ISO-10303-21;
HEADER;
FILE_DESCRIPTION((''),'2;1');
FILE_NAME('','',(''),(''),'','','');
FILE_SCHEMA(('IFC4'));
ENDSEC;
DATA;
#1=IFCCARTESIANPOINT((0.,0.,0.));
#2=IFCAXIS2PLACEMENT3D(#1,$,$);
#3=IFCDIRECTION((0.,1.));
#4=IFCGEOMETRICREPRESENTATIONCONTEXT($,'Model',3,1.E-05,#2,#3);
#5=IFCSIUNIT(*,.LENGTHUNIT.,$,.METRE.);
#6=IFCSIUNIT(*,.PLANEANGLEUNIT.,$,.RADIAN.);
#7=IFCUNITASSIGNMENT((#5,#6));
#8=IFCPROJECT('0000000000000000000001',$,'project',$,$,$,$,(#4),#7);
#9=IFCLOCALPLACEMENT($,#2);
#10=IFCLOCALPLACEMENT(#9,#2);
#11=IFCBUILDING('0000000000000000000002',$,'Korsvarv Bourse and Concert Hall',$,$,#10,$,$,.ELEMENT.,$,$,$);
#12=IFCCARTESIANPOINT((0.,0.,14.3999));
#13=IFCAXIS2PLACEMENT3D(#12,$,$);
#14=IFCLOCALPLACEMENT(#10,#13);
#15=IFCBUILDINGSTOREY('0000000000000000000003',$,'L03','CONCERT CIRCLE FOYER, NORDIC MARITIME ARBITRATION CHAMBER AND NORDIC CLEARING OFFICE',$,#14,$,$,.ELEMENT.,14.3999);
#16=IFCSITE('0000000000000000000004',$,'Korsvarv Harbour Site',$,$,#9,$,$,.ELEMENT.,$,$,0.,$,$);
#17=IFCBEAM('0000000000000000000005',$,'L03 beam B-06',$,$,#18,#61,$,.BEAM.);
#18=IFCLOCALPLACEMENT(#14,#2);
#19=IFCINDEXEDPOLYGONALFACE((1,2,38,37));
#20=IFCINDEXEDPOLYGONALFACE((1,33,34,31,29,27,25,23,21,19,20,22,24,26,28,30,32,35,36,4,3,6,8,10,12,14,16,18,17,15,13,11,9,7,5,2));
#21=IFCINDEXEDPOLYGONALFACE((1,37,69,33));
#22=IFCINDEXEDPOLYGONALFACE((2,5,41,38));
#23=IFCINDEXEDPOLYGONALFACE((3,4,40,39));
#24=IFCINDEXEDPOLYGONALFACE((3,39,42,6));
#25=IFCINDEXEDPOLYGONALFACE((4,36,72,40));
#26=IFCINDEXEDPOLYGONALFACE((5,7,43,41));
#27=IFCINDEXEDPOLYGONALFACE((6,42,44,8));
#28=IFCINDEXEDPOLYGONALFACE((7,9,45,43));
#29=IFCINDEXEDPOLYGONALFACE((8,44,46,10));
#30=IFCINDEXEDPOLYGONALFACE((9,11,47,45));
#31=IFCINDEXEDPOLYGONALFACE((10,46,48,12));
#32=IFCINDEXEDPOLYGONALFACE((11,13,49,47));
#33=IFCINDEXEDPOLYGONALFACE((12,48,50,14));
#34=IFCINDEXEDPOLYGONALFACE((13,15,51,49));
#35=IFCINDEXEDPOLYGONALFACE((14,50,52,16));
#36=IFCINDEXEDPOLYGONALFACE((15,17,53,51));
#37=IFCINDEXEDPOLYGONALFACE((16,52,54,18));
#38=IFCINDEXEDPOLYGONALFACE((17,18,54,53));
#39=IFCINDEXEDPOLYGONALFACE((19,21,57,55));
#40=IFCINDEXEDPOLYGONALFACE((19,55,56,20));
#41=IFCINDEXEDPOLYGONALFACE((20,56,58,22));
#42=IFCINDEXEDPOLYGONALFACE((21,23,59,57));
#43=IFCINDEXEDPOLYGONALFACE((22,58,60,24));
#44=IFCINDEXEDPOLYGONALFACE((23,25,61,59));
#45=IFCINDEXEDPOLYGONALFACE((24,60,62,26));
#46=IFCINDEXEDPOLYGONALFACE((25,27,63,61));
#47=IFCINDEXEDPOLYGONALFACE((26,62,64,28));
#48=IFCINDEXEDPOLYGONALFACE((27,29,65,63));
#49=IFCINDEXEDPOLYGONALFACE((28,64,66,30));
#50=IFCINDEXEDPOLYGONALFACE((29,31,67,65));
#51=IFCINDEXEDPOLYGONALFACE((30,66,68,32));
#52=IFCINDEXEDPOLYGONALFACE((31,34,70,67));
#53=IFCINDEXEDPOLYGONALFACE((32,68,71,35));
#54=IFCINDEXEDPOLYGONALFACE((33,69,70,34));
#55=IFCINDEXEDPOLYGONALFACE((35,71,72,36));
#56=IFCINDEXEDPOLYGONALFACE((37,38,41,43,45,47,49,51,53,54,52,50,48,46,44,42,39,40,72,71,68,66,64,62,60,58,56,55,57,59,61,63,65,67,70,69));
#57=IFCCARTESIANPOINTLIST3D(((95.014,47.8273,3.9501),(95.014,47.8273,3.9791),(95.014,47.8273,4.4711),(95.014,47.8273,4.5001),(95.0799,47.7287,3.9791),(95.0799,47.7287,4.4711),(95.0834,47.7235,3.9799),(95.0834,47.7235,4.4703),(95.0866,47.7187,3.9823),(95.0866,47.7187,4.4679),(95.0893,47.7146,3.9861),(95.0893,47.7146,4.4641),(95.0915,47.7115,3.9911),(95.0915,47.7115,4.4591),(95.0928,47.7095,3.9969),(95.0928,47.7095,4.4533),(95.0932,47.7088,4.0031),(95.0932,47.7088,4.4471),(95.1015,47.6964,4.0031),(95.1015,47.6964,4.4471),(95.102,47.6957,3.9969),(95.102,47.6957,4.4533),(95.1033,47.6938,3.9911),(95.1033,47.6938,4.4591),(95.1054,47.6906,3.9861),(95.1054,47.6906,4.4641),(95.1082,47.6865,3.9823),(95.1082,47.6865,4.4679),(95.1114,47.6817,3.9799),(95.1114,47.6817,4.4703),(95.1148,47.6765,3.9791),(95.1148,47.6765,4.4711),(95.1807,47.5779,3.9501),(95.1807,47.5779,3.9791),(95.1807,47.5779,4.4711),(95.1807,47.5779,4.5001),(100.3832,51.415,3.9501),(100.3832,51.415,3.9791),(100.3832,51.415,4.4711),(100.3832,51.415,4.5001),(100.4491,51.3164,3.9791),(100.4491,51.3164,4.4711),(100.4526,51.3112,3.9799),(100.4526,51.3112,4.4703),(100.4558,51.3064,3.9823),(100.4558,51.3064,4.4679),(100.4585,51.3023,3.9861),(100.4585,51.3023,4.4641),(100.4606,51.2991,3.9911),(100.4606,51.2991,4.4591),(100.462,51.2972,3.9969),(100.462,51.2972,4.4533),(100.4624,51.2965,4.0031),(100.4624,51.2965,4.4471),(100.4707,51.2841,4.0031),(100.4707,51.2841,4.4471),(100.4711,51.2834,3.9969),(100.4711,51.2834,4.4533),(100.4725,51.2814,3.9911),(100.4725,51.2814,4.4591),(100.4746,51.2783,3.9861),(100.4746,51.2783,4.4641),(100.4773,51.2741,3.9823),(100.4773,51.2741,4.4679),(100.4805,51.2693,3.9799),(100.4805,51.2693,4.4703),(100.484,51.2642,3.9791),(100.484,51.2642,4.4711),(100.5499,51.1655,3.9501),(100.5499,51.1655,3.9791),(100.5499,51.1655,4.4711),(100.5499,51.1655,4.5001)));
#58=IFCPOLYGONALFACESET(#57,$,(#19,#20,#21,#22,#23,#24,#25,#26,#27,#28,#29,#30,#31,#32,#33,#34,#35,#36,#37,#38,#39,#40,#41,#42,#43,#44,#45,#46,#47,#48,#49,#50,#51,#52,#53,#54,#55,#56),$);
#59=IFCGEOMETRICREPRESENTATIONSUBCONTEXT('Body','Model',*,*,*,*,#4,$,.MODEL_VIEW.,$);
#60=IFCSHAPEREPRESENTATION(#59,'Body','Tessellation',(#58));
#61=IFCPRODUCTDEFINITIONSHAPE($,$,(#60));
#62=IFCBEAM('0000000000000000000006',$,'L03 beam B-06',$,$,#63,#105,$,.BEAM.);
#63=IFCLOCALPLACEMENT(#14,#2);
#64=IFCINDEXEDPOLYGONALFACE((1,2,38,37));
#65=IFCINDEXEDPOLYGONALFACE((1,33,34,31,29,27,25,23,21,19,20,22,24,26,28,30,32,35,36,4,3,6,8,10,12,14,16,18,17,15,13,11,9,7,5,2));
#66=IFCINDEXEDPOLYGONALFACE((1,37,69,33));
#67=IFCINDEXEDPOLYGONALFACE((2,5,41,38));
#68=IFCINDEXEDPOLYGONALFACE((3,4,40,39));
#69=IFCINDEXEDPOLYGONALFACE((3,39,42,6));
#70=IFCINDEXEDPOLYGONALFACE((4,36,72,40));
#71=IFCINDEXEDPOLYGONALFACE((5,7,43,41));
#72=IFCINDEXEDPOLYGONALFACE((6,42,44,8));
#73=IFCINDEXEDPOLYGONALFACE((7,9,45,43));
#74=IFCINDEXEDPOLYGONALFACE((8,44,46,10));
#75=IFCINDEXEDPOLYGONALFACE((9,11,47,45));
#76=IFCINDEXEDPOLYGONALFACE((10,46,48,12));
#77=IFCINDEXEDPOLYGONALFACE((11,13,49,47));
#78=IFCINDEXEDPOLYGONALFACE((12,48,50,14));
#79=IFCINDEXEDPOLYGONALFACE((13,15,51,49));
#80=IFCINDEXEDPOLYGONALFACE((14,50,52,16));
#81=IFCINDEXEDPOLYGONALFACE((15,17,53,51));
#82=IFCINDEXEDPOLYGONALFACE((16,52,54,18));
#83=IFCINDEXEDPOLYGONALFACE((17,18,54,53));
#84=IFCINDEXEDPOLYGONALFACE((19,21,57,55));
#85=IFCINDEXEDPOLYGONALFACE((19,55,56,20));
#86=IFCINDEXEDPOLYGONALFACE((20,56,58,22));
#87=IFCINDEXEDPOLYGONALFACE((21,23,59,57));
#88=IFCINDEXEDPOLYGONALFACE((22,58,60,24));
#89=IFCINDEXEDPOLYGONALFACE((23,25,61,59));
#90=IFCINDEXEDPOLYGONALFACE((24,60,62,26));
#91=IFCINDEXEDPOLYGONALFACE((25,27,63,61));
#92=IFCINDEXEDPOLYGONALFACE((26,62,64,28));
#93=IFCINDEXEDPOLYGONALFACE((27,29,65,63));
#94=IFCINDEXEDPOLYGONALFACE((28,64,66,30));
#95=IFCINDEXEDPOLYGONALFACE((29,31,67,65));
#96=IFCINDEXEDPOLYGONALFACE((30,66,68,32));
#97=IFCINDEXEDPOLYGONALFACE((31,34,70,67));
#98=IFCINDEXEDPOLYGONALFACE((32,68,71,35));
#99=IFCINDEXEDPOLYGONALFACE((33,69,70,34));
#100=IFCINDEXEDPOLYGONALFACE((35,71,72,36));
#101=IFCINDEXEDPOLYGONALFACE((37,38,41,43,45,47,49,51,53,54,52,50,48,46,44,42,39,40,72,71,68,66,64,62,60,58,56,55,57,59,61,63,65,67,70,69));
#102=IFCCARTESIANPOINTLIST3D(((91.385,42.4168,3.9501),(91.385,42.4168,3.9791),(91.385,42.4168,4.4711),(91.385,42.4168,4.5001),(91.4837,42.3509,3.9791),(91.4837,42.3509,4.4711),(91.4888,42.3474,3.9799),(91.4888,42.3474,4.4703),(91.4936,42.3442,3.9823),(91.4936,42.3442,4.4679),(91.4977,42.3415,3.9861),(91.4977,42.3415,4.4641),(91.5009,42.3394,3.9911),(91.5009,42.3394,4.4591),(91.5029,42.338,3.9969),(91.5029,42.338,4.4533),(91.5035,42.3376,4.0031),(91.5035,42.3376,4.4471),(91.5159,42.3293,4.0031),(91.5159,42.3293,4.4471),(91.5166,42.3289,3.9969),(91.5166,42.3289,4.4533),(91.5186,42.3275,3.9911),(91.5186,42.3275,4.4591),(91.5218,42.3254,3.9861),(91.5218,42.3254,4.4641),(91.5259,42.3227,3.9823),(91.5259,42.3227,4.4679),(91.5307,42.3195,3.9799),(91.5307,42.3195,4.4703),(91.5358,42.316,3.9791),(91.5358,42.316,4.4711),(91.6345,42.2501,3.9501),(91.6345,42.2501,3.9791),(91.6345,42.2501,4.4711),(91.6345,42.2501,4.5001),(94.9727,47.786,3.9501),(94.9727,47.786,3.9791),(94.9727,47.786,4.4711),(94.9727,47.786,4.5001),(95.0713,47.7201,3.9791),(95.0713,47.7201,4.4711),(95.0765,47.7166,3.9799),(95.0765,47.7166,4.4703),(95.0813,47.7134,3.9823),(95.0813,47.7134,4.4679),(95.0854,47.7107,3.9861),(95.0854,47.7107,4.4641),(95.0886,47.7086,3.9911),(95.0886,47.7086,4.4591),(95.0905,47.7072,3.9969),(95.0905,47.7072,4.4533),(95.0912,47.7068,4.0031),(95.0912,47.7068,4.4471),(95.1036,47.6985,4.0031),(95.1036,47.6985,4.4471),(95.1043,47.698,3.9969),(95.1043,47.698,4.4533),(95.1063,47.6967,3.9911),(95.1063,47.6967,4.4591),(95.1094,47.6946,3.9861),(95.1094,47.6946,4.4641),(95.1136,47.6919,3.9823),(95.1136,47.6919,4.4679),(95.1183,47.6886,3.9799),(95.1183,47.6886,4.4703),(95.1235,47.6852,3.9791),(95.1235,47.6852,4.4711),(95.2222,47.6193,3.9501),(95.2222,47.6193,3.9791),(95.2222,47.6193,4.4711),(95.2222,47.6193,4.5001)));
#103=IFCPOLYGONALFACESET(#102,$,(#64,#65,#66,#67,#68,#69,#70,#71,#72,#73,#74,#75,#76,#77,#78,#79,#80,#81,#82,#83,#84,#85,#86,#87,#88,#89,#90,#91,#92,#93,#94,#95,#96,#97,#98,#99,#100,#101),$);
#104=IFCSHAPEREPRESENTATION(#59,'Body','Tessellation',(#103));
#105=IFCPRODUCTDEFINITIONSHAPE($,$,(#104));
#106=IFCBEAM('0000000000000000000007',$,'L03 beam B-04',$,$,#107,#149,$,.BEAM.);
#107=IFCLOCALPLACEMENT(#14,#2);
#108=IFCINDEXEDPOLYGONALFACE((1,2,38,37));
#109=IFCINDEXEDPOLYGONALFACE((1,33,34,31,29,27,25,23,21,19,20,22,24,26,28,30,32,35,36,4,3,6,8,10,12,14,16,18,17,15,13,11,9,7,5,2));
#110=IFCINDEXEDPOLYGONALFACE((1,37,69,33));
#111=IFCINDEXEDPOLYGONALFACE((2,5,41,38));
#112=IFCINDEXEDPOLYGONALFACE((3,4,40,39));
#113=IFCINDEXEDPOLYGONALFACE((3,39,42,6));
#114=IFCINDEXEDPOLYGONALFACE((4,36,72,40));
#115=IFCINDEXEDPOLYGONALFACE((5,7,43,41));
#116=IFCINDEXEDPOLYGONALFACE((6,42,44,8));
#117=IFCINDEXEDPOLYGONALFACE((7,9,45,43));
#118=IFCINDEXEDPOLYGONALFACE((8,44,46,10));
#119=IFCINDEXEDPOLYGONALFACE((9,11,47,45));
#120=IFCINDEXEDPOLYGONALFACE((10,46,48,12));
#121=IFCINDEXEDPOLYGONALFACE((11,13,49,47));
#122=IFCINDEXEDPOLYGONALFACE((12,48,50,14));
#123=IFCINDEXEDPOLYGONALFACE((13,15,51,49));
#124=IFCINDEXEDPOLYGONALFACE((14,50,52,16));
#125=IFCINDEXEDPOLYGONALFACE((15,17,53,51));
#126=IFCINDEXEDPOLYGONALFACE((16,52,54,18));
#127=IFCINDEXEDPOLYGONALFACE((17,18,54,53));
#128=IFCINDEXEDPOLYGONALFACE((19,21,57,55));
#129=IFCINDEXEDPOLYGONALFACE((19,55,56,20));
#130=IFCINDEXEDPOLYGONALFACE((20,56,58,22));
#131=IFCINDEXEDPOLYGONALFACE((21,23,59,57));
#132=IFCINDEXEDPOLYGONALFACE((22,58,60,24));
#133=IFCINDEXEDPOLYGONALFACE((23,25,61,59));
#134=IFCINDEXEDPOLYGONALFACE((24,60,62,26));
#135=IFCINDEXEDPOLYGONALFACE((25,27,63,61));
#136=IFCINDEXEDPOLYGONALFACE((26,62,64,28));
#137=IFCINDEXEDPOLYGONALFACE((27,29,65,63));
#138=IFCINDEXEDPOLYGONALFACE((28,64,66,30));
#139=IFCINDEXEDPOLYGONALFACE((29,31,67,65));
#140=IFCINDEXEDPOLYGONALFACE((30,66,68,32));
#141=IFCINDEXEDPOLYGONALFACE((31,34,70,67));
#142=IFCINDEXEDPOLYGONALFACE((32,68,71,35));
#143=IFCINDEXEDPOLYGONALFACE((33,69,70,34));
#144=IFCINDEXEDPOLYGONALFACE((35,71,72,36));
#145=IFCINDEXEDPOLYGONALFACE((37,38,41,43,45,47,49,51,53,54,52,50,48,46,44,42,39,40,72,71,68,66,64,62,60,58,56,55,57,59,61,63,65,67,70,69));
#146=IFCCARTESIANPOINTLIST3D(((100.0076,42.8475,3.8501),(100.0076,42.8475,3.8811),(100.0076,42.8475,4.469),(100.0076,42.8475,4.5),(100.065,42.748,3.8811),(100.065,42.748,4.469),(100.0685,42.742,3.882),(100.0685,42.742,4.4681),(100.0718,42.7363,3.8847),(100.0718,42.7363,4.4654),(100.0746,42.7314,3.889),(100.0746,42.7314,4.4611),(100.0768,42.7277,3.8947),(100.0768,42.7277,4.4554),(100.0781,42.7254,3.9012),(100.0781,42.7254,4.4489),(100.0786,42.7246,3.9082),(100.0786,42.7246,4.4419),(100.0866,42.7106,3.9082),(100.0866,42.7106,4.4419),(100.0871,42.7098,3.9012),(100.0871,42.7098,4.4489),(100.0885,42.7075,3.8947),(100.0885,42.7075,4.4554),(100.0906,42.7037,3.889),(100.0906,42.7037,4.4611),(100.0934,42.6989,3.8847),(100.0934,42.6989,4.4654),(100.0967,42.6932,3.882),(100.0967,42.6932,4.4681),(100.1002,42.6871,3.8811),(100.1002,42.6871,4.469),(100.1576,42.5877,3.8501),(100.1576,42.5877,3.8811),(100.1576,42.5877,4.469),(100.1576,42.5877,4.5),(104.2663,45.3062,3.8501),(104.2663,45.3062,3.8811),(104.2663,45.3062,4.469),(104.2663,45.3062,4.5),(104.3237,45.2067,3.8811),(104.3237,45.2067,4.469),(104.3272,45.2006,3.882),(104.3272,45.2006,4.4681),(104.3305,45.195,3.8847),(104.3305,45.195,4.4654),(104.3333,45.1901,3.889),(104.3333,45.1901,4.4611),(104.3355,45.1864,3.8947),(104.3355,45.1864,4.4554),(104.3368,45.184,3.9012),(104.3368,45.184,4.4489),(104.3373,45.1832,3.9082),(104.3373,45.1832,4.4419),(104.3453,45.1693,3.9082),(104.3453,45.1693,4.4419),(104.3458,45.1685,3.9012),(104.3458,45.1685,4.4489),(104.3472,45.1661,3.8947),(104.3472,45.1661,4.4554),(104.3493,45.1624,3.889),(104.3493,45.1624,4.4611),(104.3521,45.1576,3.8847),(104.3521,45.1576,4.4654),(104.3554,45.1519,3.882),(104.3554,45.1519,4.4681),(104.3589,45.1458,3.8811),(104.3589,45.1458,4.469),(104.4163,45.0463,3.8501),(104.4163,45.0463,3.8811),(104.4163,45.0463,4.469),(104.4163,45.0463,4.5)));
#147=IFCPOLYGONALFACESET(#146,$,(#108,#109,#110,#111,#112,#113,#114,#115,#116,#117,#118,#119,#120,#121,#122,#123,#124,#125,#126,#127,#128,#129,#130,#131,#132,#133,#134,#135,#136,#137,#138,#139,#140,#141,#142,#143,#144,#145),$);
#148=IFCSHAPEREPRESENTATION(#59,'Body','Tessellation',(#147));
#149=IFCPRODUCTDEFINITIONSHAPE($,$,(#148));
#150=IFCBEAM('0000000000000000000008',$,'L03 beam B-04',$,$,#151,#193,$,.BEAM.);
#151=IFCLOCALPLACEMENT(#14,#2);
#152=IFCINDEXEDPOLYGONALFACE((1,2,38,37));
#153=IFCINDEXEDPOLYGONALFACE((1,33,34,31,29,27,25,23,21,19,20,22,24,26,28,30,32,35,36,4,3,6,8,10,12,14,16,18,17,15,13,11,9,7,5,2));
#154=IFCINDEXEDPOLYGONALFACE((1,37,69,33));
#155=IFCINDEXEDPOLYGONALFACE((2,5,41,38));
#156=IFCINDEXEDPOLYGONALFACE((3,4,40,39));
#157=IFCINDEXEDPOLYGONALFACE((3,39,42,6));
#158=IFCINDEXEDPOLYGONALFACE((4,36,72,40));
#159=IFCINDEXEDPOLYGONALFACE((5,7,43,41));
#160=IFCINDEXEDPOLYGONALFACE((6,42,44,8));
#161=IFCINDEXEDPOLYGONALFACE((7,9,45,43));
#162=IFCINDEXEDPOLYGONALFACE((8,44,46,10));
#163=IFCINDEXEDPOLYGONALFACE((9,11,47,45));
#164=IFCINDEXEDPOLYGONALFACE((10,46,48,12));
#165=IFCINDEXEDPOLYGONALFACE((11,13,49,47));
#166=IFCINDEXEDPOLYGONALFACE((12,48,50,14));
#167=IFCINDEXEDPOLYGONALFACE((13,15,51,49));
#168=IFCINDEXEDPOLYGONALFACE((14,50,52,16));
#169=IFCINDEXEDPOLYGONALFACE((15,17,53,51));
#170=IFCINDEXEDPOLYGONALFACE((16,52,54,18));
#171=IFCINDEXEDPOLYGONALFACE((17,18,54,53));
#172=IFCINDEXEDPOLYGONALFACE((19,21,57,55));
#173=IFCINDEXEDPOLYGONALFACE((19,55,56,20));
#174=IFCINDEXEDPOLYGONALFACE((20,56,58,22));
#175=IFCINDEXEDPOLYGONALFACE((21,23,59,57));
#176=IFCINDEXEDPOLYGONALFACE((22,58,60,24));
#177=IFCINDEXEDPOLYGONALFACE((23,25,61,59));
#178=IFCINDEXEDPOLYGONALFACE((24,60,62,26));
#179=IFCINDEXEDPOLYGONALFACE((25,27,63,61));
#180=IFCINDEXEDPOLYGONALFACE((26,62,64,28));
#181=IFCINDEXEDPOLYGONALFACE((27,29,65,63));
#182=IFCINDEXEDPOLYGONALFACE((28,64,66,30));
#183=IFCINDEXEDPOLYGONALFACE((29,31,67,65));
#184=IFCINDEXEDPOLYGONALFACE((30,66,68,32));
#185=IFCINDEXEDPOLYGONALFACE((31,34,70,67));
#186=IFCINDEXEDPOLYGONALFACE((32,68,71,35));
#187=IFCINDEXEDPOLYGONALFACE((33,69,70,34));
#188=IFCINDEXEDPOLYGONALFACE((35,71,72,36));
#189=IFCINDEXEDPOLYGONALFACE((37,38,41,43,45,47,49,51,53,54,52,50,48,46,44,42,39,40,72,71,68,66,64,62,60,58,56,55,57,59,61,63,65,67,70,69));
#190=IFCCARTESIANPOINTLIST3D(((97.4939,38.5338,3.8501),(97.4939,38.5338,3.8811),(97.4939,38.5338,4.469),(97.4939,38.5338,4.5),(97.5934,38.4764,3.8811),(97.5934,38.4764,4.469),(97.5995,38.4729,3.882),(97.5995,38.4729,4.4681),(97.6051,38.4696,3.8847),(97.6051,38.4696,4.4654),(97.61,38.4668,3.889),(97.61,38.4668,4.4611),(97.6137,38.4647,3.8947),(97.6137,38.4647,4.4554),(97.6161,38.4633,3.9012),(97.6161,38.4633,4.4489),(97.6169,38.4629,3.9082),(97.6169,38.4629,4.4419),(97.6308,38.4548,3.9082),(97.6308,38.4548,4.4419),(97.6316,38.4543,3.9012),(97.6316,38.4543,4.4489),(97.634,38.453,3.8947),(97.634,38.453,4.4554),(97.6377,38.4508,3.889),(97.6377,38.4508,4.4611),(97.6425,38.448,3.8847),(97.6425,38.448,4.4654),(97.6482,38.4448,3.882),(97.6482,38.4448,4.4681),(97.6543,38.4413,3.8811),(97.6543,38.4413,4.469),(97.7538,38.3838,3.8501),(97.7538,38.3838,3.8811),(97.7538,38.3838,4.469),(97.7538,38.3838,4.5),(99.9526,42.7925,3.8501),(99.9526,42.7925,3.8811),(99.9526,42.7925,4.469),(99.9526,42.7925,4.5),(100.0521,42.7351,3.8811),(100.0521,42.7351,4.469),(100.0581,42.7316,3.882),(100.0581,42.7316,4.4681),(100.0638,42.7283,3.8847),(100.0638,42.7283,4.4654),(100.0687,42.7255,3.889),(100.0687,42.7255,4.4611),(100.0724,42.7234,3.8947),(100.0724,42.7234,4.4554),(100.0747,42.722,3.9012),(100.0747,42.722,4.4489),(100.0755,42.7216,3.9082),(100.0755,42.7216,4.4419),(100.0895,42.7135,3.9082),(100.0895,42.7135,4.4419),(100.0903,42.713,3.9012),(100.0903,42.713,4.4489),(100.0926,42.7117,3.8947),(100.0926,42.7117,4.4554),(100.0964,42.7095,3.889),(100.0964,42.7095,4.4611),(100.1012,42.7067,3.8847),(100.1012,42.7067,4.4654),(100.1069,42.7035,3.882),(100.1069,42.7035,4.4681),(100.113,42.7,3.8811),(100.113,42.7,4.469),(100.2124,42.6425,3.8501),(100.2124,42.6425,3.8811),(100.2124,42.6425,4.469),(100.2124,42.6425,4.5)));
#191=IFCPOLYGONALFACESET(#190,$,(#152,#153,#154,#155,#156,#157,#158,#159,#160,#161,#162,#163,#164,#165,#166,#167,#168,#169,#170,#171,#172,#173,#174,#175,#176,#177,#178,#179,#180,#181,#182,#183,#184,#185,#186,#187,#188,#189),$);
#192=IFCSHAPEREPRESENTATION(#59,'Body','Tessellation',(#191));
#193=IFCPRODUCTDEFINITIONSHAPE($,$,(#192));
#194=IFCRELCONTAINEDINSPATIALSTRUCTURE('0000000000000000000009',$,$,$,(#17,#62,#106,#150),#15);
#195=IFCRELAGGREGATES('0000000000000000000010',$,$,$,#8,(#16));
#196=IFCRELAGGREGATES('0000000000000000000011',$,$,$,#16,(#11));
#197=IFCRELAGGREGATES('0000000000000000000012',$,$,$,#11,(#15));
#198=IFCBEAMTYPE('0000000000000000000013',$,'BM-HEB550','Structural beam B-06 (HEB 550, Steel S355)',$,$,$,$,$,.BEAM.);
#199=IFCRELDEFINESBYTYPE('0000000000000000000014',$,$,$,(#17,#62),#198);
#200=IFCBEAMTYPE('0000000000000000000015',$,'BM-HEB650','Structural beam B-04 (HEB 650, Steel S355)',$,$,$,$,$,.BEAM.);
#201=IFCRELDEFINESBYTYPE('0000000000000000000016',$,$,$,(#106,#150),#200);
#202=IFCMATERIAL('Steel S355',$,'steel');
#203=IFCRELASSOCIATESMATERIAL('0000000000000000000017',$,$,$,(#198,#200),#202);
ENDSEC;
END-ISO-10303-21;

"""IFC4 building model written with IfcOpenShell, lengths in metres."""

from ifc_helpers import new_model, si_unit, direction, frame, origin, origin_2d, place, context, subcontext, project, spatial, i_section, extrude, source, transform, mapped, material, material_profile, profile_set, type_object, element, save


model = new_model("IFC4")

# Units and contexts
model_context = context("Model", 3, precision=1e-05, world=origin(), true_north=direction((0.0, 1.0)))
body_context = subcontext(model_context, "Body", "Model", "MODEL_VIEW")
ifc_project = project(units=[si_unit("LENGTHUNIT", "METRE"), si_unit("PLANEANGLEUNIT", "RADIAN")], contexts=[model_context])

# Site, building, storey
site_placement = place(None, origin())
site = spatial("IfcSite", under=ifc_project, at=site_placement, Name="Korsvarv Harbour Site", CompositionType="ELEMENT", RefElevation=0.0)
building_placement = place(site_placement, origin())
building = spatial("IfcBuilding", under=site, at=building_placement, Name="Korsvarv Bourse and Concert Hall", CompositionType="ELEMENT")
storey_placement = place(building_placement, frame((0.0, 0.0, 14.3999)))
storey = spatial("IfcBuildingStorey", under=building, at=storey_placement, Name="L03", Description="CONCERT CIRCLE FOYER, NORDIC MARITIME ARBITRATION CHAMBER AND NORDIC CLEARING OFFICE", CompositionType="ELEMENT", Elevation=14.3999)

# Beams
ifc_material_1 = material(Name="Steel S355", Category="steel")
ifc_material_profile_1 = material_profile(ifc_material_1, i_section(OverallWidth=0.3, OverallDepth=0.55, WebThickness=0.0149, FlangeThickness=0.0291, FilletRadius=0.0239, at=origin_2d()), Name="HEB 550")
ifc_profile_set_1 = profile_set([ifc_material_profile_1], Name="Steel S355")
beam_type_1 = type_object("IfcBeamType", Name="BM-HEB550", Description="Structural beam B-06 (HEB 550, Steel S355)", PredefinedType="BEAM", material=ifc_profile_set_1)
shared_shape_1 = source(origin(), body_context, "Body", "SweptSolid", [
    extrude(i_section(OverallWidth=0.3, OverallDepth=0.55, WebThickness=0.0149, FlangeThickness=0.0291, FilletRadius=0.0239, at=origin_2d()), origin(), (0.0, 0.0, 1.0), 6.4575),
])
for number, where, z_axis, x_axis, name in (
    (1, (100.4666, 51.2903, 4.2251), (-0.831462, -0.555581, 0.0), (0.555581, -0.831462, 0.0), "L03 beam B-06"),
    (2, (95.0974, 47.7026, 4.2251), (-0.555581, -0.831462, 0.0), (0.831462, -0.555581, 0.0), "L03 beam B-06"),
):
    element("IfcBeam", number, at=place(storey_placement, frame(where, z_axis=z_axis, x_axis=x_axis)), inside=storey, type_object=beam_type_1, Name=name, PredefinedType="BEAM", context=body_context, shape_type="MappedRepresentation", body=[
        mapped(shared_shape_1, transform((0.0, 0.0, 0.0), scale=1.0)),
    ])
ifc_material_profile_2 = material_profile(ifc_material_1, i_section(OverallWidth=0.3, OverallDepth=0.6499, WebThickness=0.0161, FlangeThickness=0.031, FilletRadius=0.0271, at=origin_2d()), Name="HEB 650")
ifc_profile_set_2 = profile_set([ifc_material_profile_2], Name="Steel S355")
beam_type_2 = type_object("IfcBeamType", Name="BM-HEB650", Description="Structural beam B-04 (HEB 650, Steel S355)", PredefinedType="BEAM", material=ifc_profile_set_2)
shared_shape_2 = source(origin(), body_context, "Body", "SweptSolid", [
    extrude(i_section(OverallWidth=0.3, OverallDepth=0.6499, WebThickness=0.0161, FlangeThickness=0.031, FilletRadius=0.0271, at=origin_2d()), origin(), (0.0, 0.0, 1.0), 4.9175),
])
for number, where, z_axis, x_axis, name in (
    (3, (104.3413, 45.1763, 4.175), (-0.866032, -0.499989, 0.0), (0.499989, -0.866032, 0.0), "L03 beam B-04"),
    (4, (100.0825, 42.7175, 4.175), (-0.499989, -0.866032, 0.0), (0.866032, -0.499989, 0.0), "L03 beam B-04"),
):
    element("IfcBeam", number, at=place(storey_placement, frame(where, z_axis=z_axis, x_axis=x_axis)), inside=storey, type_object=beam_type_2, Name=name, PredefinedType="BEAM", context=body_context, shape_type="MappedRepresentation", body=[
        mapped(shared_shape_2, transform((0.0, 0.0, 0.0), scale=1.0)),
    ])

save(model, "model.ifc")
